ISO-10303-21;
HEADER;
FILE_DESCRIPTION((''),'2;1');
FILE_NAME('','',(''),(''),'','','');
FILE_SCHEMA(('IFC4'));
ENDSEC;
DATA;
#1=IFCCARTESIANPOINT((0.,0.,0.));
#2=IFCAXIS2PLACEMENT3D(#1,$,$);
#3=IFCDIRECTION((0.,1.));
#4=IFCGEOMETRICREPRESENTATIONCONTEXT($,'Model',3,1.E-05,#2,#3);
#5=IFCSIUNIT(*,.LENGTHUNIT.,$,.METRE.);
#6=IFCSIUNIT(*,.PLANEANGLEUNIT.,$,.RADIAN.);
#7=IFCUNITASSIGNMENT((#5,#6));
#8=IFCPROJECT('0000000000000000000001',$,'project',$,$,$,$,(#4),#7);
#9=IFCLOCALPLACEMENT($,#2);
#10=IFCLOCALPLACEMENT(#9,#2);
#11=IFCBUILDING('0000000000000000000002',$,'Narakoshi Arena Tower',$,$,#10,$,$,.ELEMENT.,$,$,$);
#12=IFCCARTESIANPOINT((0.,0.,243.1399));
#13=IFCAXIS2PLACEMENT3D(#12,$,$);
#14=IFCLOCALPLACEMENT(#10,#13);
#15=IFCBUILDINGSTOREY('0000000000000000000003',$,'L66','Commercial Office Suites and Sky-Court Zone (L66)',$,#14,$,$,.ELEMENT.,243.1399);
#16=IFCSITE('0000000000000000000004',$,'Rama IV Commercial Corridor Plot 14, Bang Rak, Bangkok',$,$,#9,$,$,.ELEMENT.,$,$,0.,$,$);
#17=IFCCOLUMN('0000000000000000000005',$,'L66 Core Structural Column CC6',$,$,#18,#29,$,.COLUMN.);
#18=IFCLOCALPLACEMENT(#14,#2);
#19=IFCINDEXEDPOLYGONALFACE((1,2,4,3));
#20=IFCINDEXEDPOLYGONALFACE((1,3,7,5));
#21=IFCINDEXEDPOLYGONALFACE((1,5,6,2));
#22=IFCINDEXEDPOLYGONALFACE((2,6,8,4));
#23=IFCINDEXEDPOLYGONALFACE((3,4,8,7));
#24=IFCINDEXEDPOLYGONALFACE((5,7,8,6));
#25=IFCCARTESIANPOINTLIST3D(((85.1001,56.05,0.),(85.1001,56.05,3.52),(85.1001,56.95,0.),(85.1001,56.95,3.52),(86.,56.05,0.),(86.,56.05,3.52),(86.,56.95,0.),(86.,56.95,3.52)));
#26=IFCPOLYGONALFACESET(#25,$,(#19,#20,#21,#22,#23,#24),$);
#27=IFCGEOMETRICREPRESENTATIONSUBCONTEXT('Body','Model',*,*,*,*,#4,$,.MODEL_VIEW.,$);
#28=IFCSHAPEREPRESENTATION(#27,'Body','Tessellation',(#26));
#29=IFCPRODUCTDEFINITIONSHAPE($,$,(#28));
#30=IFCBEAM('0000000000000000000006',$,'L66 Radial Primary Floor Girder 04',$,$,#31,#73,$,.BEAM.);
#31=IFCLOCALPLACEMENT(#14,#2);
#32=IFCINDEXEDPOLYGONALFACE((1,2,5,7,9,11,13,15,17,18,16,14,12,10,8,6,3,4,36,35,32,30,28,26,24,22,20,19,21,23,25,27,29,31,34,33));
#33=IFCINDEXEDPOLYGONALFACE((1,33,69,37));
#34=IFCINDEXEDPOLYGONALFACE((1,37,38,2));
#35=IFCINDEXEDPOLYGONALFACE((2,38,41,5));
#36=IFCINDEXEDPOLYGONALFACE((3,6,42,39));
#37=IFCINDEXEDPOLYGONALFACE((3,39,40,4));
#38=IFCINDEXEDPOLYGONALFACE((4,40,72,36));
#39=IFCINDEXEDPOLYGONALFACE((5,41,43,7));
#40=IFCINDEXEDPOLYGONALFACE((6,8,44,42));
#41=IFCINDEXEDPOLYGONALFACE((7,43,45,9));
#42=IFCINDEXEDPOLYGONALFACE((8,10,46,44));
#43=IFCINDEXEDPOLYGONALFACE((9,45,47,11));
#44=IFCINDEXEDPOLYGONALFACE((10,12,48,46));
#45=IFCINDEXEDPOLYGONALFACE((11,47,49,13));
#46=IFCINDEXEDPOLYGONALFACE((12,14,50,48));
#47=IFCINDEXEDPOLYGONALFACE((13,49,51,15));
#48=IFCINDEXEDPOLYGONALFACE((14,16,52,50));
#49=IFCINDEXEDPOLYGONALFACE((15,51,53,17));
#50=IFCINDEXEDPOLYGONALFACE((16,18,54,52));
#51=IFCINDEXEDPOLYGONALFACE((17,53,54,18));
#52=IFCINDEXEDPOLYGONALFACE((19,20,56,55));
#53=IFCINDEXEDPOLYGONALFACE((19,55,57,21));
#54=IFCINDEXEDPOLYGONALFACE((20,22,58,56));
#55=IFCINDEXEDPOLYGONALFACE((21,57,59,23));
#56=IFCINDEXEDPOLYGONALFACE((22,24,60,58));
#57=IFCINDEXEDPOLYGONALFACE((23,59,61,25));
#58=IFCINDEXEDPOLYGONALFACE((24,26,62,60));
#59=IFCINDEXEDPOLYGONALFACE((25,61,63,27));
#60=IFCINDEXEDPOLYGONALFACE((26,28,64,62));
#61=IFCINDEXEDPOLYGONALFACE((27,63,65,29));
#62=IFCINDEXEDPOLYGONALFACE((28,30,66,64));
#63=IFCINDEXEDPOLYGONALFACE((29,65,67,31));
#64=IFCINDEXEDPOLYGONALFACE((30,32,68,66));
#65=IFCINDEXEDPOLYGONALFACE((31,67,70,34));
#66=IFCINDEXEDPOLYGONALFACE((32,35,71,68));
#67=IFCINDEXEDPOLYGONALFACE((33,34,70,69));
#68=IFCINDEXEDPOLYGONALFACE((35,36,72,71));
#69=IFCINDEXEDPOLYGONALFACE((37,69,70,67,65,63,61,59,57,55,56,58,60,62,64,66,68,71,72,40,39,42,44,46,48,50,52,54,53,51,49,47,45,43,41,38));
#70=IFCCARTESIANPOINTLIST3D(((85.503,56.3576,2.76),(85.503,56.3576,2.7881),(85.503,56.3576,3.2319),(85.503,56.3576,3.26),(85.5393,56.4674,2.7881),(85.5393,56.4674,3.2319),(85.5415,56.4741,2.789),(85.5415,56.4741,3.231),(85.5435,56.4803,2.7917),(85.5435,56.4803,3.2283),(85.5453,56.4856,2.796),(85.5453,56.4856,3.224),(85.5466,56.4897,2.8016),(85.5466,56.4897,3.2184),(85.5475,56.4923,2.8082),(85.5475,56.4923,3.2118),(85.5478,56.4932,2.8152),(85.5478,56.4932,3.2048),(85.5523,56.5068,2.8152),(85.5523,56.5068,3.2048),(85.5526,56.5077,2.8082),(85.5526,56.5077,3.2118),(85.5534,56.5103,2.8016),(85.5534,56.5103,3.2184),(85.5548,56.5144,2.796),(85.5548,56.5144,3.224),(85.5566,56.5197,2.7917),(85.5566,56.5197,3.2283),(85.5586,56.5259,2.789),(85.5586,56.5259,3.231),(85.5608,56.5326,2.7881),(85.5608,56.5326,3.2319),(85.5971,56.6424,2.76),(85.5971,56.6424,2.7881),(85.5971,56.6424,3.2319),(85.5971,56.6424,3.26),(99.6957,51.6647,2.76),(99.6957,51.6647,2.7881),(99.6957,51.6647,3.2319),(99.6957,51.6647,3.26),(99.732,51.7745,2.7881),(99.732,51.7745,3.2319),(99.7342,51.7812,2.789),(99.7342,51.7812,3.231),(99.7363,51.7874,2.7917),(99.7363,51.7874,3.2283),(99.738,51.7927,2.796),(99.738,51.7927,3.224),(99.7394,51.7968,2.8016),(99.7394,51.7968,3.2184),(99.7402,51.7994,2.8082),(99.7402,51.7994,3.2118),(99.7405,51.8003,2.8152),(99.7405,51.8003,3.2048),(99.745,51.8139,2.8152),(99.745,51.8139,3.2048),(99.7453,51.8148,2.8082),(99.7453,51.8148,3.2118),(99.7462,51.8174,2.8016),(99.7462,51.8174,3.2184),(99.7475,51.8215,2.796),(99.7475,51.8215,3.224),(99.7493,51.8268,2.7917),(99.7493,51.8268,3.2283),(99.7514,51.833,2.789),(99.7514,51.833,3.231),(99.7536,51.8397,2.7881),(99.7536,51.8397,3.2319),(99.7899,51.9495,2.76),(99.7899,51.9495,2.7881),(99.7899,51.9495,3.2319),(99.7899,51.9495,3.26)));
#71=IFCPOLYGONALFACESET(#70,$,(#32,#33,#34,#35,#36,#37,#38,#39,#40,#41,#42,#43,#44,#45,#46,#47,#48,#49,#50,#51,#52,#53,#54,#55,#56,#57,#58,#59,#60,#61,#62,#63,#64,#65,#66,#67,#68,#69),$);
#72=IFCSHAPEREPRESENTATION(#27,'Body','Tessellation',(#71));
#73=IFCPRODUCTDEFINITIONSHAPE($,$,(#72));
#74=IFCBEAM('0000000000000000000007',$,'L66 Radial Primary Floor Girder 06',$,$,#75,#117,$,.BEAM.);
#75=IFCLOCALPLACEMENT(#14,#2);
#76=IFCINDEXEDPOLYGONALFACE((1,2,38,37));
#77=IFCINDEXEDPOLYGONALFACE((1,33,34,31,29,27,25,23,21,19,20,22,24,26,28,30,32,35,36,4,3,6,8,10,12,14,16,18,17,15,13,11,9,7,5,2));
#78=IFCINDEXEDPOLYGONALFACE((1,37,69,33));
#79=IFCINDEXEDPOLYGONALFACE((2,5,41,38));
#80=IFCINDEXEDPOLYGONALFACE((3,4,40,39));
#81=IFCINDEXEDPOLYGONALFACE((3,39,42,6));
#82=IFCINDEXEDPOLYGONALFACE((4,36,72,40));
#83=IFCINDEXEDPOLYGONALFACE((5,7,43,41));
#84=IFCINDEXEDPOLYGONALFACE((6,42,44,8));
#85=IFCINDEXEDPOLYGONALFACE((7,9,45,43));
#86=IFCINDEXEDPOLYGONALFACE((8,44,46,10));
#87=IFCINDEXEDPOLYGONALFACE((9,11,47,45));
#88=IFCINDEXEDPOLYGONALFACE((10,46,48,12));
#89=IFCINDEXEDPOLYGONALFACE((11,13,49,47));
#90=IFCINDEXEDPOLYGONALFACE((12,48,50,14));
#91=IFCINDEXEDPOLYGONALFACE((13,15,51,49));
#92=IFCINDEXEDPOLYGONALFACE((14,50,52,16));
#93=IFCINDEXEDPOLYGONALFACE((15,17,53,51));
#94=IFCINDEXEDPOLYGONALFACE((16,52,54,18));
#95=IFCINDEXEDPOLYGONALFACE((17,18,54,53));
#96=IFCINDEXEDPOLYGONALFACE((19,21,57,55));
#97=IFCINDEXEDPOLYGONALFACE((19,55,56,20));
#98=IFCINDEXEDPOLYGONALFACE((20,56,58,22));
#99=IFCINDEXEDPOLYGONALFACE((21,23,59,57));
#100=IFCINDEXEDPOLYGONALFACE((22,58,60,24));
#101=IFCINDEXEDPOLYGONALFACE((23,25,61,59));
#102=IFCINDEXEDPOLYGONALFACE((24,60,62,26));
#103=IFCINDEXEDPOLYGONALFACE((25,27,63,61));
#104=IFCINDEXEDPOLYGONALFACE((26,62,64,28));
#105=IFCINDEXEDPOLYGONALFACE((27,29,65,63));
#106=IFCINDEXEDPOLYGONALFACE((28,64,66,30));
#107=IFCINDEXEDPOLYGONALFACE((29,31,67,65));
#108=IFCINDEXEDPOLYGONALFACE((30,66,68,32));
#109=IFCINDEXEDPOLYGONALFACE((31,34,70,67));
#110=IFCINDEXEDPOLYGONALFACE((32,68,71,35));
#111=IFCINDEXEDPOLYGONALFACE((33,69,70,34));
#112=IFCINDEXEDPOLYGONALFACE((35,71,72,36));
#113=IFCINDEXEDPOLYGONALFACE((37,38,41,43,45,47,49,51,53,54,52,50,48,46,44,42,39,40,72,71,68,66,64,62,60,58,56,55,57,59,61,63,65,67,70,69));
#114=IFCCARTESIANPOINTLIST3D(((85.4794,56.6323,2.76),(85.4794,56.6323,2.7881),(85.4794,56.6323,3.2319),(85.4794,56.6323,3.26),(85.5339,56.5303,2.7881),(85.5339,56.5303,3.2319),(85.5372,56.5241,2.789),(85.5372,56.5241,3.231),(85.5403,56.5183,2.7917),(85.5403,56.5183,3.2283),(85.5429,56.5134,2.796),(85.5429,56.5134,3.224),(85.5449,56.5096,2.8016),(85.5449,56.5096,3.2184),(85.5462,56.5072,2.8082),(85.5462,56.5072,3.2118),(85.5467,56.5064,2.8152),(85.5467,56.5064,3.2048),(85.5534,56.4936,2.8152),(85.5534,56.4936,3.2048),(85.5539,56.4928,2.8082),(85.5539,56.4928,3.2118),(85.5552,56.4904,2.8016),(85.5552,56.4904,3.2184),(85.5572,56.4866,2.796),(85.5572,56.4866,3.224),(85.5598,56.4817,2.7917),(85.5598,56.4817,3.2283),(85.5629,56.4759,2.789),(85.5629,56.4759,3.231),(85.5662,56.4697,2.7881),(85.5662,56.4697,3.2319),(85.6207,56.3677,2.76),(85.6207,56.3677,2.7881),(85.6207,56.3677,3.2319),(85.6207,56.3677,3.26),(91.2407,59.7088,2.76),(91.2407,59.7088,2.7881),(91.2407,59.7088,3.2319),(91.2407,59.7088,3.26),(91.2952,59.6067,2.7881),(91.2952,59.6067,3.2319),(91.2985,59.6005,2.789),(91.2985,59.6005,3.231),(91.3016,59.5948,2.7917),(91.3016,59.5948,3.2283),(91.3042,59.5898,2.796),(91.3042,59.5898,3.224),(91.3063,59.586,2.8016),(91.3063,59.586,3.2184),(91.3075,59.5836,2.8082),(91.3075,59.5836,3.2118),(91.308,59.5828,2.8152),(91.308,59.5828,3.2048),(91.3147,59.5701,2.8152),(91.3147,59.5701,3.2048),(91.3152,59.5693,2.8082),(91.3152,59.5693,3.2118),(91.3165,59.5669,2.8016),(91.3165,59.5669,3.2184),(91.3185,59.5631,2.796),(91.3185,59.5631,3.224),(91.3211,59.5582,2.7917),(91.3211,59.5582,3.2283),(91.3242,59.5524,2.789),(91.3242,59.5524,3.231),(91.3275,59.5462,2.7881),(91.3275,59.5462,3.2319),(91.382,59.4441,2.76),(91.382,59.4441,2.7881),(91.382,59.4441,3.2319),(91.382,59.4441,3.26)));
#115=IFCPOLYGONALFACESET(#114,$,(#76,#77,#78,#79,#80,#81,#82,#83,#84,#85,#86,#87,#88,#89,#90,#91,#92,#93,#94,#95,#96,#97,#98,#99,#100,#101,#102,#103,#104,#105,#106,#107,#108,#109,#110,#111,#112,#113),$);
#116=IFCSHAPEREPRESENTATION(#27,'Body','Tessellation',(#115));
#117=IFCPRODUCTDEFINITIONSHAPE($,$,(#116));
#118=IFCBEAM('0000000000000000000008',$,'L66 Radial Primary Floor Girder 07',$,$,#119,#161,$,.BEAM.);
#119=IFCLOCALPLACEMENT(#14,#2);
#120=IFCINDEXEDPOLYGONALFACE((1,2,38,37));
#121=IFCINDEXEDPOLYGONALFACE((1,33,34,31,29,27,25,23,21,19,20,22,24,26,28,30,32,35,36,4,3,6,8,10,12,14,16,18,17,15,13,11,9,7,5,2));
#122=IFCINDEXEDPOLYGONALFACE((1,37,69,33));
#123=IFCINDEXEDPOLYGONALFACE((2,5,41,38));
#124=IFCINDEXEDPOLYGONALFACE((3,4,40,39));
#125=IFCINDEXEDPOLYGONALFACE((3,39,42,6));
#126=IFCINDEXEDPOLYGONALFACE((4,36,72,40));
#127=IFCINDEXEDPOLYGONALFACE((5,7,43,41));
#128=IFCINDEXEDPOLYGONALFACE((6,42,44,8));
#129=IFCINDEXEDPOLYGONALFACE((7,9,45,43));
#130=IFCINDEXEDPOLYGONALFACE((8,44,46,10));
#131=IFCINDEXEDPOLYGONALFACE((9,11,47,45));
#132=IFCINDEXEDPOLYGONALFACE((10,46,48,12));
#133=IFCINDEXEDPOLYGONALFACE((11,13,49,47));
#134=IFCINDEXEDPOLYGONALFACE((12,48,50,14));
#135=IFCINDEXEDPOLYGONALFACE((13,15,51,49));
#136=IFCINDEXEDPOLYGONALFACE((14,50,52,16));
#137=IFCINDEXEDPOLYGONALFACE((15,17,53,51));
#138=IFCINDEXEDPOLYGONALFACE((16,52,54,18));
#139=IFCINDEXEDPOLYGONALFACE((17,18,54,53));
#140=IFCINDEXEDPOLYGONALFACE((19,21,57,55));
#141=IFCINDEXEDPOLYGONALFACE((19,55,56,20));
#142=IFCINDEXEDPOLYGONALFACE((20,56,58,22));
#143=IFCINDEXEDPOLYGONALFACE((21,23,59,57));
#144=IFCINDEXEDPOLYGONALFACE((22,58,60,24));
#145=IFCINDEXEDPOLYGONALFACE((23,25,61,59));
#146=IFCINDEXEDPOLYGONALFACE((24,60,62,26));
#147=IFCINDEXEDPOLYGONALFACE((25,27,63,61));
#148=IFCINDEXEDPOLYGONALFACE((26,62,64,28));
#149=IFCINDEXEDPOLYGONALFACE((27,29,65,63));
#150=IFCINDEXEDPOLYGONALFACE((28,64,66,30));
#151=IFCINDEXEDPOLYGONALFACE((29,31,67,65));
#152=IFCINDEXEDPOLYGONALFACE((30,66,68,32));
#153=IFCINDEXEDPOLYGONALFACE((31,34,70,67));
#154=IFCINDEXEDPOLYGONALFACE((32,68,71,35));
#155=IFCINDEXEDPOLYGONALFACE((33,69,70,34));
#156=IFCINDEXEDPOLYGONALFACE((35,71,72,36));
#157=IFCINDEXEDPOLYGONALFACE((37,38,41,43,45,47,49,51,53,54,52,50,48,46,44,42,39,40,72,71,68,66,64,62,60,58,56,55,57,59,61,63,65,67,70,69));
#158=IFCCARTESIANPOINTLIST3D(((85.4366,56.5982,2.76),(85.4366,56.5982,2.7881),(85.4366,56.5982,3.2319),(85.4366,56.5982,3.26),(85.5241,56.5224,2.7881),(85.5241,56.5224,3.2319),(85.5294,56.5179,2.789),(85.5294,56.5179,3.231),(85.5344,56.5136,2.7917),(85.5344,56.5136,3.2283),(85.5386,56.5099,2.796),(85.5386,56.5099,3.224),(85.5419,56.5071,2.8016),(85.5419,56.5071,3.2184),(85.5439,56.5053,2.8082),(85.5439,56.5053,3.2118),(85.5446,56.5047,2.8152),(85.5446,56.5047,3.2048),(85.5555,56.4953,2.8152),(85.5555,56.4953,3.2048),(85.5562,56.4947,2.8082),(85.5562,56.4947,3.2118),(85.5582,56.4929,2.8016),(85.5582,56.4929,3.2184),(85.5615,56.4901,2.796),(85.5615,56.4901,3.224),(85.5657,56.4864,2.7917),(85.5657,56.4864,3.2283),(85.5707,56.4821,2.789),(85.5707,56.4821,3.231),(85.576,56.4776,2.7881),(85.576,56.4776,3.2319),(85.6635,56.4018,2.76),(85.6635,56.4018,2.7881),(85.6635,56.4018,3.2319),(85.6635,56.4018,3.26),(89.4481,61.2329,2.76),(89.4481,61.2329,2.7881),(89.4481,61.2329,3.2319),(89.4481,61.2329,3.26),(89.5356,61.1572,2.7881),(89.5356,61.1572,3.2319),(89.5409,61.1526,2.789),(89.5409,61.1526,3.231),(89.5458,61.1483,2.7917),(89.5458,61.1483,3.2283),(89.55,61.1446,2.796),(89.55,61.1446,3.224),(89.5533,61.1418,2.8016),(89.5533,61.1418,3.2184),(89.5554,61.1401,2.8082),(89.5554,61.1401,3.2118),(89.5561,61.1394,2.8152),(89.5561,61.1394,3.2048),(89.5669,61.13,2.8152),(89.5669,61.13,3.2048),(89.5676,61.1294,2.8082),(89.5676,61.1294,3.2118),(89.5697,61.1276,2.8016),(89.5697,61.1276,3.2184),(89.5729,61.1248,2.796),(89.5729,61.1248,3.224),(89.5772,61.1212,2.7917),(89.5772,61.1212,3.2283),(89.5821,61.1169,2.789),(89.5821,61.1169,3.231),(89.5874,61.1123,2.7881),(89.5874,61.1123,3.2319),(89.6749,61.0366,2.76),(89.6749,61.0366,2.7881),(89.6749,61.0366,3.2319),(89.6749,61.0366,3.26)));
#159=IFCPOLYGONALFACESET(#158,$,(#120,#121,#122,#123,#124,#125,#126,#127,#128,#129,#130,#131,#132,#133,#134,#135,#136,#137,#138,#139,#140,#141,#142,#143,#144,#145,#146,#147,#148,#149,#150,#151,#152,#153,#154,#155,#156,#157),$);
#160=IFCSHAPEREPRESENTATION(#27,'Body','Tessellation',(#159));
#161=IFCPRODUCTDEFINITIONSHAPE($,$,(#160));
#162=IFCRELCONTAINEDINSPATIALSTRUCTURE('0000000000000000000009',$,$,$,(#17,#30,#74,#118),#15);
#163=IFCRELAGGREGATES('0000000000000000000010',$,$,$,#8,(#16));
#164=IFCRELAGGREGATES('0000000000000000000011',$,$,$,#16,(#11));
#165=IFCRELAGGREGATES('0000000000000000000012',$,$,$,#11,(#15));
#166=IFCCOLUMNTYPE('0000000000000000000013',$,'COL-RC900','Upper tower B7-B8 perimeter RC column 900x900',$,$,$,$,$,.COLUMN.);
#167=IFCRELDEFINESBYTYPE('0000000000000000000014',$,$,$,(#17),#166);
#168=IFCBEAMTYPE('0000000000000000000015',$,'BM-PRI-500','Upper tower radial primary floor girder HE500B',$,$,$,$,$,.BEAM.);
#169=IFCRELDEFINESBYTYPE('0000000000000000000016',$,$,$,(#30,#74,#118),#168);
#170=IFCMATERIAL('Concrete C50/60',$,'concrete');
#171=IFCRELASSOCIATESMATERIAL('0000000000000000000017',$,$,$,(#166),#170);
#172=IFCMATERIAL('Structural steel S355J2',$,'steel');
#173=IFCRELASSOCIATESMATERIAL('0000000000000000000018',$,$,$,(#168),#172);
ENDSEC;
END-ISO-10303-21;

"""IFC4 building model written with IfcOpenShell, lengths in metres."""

from ifc_helpers import new_model, si_unit, direction, frame, origin, origin_2d, place, context, subcontext, project, spatial, rectangle, i_section, extrude, material, material_profile, profile_set, type_object, element, save


model = new_model("IFC4")

# Units and contexts
model_context = context("Model", 3, precision=1e-05, world=origin(), true_north=direction((0.0, 1.0)))
body_context = subcontext(model_context, "Body", "Model", "MODEL_VIEW")
ifc_project = project(units=[si_unit("LENGTHUNIT", "METRE"), si_unit("PLANEANGLEUNIT", "RADIAN")], contexts=[model_context])

# Site, building, storey
site_placement = place(None, origin())
site = spatial("IfcSite", under=ifc_project, at=site_placement, Name="Rama IV Commercial Corridor Plot 14, Bang Rak, Bangkok", CompositionType="ELEMENT", RefElevation=0.0)
building_placement = place(site_placement, origin())
building = spatial("IfcBuilding", under=site, at=building_placement, Name="Narakoshi Arena Tower", CompositionType="ELEMENT")
storey_placement = place(building_placement, frame((0.0, 0.0, 243.1399)))
storey = spatial("IfcBuildingStorey", under=building, at=storey_placement, Name="L66", Description="Commercial Office Suites and Sky-Court Zone (L66)", CompositionType="ELEMENT", Elevation=243.1399)

# Column
ifc_material_1 = material(Name="Concrete C50/60", Category="concrete")
ifc_material_profile_1 = material_profile(ifc_material_1, rectangle(XDim=0.8999, YDim=0.8999, at=origin_2d()), Name="RC900x900")
ifc_profile_set_1 = profile_set([ifc_material_profile_1], Name="Concrete C50/60")
column_type = type_object("IfcColumnType", Name="COL-RC900", Description="Upper tower B7-B8 perimeter RC column 900x900", PredefinedType="COLUMN", material=ifc_profile_set_1)
column_placement = place(storey_placement, frame((85.55, 56.5, 0.0), z_axis=(0.0, 0.0, 1.0), x_axis=(1.0, 0.0, 0.0)))
element("IfcColumn", 1, at=column_placement, inside=storey, type_object=column_type, Name="L66 Core Structural Column CC6", PredefinedType="COLUMN", context=body_context, shape_type="SweptSolid", body=[
    extrude(rectangle(XDim=0.8999, YDim=0.8999, at=origin_2d()), origin(), (0.0, 0.0, 1.0), 3.52),
])

# Beams
ifc_material_2 = material(Name="Structural steel S355J2", Category="steel")
ifc_material_profile_2 = material_profile(ifc_material_2, i_section(OverallWidth=0.3, OverallDepth=0.5, WebThickness=0.0144, FlangeThickness=0.0281, FilletRadius=0.0271, at=origin_2d()), Name="HE500B")
ifc_profile_set_2 = profile_set([ifc_material_profile_2], Name="Structural steel S355J2")
beam_type = type_object("IfcBeamType", Name="BM-PRI-500", Description="Upper tower radial primary floor girder HE500B", PredefinedType="BEAM", material=ifc_profile_set_2)
beam_1_placement = place(storey_placement, frame((85.55, 56.5, 3.01), z_axis=(0.949443, -0.313939, 0.0), x_axis=(0.313939, 0.949443, 0.0)))
element("IfcBeam", 2, at=beam_1_placement, inside=storey, type_object=beam_type, Name="L66 Radial Primary Floor Girder 04", PredefinedType="BEAM", context=body_context, shape_type="SweptSolid", body=[
    extrude(i_section(OverallWidth=0.3, OverallDepth=0.5, WebThickness=0.0144, FlangeThickness=0.0281, FilletRadius=0.0271, at=origin_2d()), origin(), (0.0, 0.0, 1.0), 14.9485),
])
beam_2_placement = place(storey_placement, frame((85.55, 56.5, 3.01), z_axis=(0.882114, 0.471036, 0.0), x_axis=(-0.471036, 0.882114, 0.0)))
element("IfcBeam", 3, at=beam_2_placement, inside=storey, type_object=beam_type, Name="L66 Radial Primary Floor Girder 06", PredefinedType="BEAM", context=body_context, shape_type="SweptSolid", body=[
    extrude(i_section(OverallWidth=0.3, OverallDepth=0.5, WebThickness=0.0144, FlangeThickness=0.0281, FilletRadius=0.0271, at=origin_2d()), origin(), (0.0, 0.0, 1.0), 6.5312),
])
beam_3_placement = place(storey_placement, frame((85.55, 56.5, 3.01), z_axis=(0.654435, 0.756119, 0.0), x_axis=(-0.756119, 0.654435, 0.0)))
element("IfcBeam", 4, at=beam_3_placement, inside=storey, type_object=beam_type, Name="L66 Radial Primary Floor Girder 07", PredefinedType="BEAM", context=body_context, shape_type="SweptSolid", body=[
    extrude(i_section(OverallWidth=0.3, OverallDepth=0.5, WebThickness=0.0144, FlangeThickness=0.0281, FilletRadius=0.0271, at=origin_2d()), origin(), (0.0, 0.0, 1.0), 6.1296),
])

save(model, "model.ifc")
